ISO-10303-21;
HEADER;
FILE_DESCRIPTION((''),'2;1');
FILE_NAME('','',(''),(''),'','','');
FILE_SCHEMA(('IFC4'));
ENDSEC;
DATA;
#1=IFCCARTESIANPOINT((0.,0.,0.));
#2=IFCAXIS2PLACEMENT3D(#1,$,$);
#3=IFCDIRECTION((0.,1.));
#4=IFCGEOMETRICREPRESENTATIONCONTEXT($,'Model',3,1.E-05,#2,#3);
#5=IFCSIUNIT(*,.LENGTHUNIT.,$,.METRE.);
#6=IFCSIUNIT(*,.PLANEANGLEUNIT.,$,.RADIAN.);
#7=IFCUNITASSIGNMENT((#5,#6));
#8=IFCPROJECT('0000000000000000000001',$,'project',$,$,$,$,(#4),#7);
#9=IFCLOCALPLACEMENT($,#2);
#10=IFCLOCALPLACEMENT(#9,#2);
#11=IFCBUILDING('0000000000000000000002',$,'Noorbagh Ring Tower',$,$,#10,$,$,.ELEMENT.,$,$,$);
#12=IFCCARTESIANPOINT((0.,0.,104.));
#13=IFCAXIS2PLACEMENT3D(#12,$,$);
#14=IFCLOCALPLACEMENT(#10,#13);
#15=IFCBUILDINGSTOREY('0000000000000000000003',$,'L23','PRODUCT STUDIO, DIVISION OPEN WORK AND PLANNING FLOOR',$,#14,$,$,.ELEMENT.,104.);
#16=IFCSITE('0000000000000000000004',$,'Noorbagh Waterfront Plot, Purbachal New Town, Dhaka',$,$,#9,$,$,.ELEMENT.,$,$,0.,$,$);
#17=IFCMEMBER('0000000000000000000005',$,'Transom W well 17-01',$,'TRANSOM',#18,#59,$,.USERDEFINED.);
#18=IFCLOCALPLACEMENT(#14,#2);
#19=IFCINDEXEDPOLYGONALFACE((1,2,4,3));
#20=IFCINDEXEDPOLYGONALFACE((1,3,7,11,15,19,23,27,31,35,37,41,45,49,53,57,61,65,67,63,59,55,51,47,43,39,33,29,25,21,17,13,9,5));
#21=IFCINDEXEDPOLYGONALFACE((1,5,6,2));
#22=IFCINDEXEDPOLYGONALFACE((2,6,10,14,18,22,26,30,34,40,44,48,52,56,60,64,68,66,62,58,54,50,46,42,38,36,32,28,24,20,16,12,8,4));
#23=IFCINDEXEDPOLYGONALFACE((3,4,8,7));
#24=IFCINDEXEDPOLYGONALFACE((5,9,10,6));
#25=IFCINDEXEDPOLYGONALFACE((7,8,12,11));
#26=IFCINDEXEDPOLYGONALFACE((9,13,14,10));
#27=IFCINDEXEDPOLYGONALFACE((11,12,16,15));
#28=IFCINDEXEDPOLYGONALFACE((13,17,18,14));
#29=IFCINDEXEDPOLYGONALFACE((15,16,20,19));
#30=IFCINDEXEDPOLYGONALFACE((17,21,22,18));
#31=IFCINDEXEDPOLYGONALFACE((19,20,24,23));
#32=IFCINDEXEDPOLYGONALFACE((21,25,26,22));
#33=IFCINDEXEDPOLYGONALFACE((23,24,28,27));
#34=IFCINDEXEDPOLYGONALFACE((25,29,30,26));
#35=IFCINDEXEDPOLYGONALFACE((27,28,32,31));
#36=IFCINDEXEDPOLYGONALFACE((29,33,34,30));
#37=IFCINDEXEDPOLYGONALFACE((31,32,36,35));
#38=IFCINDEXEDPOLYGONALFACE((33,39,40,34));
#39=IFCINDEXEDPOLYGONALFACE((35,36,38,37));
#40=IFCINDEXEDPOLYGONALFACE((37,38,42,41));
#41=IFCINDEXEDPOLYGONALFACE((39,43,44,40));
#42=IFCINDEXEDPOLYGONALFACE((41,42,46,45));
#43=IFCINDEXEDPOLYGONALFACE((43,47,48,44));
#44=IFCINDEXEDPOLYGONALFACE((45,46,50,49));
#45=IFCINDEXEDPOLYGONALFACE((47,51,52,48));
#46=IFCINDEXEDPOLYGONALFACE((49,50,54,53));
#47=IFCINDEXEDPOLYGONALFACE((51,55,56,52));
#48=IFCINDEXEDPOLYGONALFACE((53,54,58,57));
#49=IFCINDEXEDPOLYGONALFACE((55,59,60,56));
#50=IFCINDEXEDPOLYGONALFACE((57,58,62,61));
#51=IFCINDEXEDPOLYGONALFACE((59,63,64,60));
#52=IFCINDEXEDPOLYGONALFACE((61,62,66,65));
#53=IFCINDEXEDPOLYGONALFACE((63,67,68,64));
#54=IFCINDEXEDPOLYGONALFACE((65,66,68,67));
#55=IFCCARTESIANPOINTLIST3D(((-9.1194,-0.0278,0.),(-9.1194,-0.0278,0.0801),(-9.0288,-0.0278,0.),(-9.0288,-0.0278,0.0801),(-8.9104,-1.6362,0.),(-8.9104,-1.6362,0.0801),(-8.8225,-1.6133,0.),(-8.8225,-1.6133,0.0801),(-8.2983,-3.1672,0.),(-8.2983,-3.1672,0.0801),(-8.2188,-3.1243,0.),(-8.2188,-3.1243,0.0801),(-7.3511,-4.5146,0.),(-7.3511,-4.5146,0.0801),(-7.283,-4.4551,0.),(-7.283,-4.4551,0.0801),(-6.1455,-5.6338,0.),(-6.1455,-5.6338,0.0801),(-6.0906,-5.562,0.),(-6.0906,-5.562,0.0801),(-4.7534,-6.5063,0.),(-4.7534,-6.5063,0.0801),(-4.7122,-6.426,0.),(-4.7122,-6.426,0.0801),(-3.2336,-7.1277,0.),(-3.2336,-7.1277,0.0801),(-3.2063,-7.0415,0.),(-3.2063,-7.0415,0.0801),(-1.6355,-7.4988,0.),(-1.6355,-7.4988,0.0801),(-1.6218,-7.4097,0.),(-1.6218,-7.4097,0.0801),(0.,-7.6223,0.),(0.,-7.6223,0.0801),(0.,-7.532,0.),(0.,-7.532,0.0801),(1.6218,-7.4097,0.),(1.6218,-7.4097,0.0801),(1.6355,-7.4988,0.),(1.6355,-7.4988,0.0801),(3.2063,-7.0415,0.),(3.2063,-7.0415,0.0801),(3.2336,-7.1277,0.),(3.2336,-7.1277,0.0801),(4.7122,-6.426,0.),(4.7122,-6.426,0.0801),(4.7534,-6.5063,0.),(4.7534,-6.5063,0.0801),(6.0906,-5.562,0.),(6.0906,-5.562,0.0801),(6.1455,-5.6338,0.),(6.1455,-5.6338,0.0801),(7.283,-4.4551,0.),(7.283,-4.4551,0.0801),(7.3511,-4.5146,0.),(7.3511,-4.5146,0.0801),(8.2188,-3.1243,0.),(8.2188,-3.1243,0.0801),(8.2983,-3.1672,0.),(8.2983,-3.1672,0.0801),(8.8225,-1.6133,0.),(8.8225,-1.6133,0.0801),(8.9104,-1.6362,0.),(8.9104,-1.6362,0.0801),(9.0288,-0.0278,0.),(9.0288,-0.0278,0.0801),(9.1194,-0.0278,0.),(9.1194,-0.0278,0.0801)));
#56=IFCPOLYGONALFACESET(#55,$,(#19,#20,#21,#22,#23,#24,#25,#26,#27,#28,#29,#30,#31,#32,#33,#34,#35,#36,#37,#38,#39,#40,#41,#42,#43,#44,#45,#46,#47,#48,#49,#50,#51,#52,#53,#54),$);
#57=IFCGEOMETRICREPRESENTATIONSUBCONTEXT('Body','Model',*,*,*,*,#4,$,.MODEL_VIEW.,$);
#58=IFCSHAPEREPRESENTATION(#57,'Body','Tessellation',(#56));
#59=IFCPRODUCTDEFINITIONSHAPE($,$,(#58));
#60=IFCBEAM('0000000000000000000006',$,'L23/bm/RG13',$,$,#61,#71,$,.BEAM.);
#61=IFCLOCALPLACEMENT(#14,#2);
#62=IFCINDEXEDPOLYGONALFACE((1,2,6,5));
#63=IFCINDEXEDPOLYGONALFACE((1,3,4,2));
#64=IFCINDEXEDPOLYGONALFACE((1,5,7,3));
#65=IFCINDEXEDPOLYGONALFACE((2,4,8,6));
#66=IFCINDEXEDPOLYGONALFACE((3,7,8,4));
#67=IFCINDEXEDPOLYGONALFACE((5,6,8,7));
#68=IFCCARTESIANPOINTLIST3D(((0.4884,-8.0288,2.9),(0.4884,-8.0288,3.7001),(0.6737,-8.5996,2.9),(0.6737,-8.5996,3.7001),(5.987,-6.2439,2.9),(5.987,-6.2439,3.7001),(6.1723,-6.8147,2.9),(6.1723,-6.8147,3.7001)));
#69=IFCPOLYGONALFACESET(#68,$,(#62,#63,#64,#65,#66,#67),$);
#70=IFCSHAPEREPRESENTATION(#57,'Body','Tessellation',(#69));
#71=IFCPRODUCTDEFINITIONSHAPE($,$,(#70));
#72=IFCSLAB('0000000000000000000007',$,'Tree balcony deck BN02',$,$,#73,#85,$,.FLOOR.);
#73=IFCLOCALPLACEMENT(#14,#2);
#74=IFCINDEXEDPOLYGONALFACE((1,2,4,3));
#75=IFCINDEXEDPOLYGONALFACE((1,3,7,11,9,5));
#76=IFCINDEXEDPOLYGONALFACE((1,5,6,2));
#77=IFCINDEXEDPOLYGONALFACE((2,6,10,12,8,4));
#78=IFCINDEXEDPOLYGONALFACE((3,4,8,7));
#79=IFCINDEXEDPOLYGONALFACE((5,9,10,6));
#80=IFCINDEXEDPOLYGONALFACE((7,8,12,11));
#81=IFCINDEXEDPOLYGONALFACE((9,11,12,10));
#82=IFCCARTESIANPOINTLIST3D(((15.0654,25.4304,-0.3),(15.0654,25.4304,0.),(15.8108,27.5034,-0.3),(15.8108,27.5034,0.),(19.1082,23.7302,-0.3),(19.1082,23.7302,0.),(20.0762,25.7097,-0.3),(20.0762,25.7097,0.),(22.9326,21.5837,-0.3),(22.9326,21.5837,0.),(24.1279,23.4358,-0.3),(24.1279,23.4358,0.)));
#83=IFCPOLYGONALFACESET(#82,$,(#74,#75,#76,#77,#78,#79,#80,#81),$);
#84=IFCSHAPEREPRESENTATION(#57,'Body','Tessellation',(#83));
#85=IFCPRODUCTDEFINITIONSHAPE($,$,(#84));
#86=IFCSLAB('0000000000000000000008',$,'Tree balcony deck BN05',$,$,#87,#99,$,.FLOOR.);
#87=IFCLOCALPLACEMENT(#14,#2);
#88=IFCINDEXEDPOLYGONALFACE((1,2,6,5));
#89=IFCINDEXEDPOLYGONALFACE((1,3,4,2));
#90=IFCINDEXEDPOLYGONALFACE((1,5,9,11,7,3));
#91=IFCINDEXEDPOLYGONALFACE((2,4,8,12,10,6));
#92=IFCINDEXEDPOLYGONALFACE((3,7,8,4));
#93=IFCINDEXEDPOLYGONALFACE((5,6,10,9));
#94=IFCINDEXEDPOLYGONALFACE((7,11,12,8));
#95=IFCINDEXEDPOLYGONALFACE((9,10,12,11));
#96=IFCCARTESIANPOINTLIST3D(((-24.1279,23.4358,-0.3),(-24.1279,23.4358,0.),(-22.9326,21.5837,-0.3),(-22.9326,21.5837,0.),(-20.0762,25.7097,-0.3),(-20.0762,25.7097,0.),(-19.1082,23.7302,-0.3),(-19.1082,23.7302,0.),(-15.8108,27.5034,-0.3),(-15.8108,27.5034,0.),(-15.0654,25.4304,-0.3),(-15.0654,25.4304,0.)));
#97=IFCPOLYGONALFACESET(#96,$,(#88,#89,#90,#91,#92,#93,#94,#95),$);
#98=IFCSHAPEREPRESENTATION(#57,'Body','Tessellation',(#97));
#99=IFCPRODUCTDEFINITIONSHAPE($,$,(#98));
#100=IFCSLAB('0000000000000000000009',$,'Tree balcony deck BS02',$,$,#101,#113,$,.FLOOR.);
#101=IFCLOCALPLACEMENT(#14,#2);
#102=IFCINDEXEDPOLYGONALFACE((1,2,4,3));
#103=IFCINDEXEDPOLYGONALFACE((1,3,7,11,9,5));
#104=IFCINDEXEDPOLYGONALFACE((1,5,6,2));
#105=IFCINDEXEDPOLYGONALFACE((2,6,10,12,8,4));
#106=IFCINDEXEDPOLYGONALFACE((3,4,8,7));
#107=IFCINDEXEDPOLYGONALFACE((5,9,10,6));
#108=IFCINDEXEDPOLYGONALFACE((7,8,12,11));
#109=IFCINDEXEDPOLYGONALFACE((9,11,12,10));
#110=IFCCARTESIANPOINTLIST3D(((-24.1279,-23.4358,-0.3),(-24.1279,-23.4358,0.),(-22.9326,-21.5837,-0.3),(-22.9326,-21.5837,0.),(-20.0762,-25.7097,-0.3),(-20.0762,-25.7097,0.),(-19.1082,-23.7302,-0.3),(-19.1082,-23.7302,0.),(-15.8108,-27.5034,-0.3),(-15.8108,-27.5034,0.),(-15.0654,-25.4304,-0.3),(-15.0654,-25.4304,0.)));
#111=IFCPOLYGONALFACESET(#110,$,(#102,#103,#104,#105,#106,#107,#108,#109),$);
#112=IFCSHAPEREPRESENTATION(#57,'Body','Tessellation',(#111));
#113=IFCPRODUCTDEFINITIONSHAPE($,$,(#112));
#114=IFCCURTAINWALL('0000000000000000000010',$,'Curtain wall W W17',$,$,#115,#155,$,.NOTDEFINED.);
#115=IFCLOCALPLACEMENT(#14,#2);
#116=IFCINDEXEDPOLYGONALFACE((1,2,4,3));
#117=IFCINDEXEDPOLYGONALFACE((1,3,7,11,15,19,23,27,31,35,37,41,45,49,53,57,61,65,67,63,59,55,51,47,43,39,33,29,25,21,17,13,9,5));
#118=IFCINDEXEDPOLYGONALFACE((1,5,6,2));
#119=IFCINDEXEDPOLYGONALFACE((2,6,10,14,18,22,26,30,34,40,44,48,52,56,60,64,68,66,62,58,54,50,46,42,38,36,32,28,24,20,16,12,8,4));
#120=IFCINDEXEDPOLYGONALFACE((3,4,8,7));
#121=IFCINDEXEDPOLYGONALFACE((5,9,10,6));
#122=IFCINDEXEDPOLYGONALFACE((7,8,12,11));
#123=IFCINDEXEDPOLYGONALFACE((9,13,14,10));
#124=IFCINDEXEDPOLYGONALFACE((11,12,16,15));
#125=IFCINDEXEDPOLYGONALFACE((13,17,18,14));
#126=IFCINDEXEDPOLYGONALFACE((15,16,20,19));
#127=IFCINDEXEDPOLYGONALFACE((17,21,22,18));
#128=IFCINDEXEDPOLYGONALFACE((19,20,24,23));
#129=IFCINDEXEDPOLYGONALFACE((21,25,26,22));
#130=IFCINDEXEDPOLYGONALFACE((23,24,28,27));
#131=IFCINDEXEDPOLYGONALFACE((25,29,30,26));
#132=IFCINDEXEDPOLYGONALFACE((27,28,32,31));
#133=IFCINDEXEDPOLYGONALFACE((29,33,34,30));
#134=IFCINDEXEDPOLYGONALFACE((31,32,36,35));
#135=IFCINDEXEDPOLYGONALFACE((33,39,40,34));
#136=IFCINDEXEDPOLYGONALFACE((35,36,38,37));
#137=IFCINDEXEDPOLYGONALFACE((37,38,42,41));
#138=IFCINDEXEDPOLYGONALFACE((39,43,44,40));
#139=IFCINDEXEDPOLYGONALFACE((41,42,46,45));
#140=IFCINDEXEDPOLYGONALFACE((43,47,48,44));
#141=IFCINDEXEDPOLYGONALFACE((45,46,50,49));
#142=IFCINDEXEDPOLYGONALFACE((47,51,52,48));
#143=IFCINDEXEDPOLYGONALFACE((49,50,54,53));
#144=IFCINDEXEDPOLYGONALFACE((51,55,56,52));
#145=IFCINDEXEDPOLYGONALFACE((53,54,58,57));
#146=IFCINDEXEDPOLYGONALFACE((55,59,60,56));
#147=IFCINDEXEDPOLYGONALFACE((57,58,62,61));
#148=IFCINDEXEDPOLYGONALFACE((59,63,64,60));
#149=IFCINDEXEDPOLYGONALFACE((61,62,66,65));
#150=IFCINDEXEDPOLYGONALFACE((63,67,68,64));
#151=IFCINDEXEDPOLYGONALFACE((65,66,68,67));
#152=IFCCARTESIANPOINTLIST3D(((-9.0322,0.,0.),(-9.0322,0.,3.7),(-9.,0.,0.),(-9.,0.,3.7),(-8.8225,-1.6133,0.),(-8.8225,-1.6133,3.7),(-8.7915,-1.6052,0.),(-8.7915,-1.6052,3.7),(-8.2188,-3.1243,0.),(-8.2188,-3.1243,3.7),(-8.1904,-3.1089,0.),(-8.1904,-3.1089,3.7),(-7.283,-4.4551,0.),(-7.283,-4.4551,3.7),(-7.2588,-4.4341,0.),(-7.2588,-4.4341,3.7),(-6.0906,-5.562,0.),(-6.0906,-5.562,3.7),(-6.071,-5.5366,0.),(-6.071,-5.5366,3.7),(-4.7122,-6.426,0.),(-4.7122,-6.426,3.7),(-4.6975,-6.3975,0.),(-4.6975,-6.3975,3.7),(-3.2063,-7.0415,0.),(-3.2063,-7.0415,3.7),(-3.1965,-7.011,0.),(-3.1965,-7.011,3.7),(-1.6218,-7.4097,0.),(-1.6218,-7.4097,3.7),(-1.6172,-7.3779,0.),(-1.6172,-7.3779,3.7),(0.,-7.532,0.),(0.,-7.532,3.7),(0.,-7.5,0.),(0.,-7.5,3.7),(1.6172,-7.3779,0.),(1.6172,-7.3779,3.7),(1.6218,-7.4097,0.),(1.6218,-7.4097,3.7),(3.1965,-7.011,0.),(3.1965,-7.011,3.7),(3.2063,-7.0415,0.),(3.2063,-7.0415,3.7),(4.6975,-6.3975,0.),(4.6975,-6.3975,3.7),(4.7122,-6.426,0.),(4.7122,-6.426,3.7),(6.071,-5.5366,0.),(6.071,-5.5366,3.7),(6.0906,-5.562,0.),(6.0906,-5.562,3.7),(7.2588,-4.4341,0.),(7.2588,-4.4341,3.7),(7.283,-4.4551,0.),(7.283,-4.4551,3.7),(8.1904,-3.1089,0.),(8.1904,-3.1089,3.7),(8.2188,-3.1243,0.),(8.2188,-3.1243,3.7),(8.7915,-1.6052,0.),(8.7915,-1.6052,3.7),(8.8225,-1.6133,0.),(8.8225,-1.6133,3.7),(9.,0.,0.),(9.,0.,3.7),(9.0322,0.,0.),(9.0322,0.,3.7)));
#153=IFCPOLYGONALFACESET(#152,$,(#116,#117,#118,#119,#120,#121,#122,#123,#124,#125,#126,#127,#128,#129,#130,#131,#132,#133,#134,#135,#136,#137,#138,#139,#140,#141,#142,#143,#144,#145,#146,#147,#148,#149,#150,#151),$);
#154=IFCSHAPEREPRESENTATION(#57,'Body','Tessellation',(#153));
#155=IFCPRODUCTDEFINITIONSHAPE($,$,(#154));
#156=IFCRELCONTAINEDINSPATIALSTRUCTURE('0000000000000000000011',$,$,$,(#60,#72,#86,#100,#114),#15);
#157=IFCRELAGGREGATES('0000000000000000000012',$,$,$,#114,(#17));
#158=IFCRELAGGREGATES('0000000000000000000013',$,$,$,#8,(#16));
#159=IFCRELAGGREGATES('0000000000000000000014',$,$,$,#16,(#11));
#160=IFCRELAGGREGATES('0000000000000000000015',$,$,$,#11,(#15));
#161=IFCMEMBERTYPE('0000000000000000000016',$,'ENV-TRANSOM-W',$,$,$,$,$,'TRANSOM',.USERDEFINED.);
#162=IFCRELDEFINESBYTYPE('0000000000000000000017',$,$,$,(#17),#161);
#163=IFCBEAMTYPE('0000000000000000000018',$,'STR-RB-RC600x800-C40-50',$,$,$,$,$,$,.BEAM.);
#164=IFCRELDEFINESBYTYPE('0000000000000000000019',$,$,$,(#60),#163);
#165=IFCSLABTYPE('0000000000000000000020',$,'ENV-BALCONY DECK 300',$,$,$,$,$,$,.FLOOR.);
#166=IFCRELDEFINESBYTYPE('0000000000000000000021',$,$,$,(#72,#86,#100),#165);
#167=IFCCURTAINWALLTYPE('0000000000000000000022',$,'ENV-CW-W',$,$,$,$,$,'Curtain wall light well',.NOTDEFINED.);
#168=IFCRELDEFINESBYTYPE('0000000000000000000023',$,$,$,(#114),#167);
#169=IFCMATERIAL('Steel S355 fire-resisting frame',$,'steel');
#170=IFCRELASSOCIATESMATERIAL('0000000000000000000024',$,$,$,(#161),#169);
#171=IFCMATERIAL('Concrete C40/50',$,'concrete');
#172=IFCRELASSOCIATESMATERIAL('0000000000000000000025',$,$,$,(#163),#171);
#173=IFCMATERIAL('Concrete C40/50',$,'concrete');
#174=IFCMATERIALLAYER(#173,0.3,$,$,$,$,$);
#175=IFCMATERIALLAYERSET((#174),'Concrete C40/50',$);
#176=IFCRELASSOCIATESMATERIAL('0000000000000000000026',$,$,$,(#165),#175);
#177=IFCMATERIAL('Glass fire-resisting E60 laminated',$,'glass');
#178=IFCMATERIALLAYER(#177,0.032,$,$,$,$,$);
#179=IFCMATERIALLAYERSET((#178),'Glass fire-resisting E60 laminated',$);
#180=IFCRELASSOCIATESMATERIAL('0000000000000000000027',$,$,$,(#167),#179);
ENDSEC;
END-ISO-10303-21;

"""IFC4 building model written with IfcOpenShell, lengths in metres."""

from ifc_helpers import new_model, si_unit, direction, frame, origin, origin_2d, place, context, subcontext, project, spatial, polyline, rectangle, outline, extrude, material, layer, layer_set, material_profile, profile_set, type_object, element, aggregate, save


model = new_model("IFC4")

# Units and contexts
model_context = context("Model", 3, precision=1e-05, world=origin(), true_north=direction((0.0, 1.0)))
body_context = subcontext(model_context, "Body", "Model", "MODEL_VIEW")
ifc_project = project(units=[si_unit("LENGTHUNIT", "METRE"), si_unit("PLANEANGLEUNIT", "RADIAN")], contexts=[model_context])

# Site, building, storey
site_placement = place(None, origin())
site = spatial("IfcSite", under=ifc_project, at=site_placement, Name="Noorbagh Waterfront Plot, Purbachal New Town, Dhaka", CompositionType="ELEMENT", RefElevation=0.0)
building_placement = place(site_placement, origin())
building = spatial("IfcBuilding", under=site, at=building_placement, Name="Noorbagh Ring Tower", CompositionType="ELEMENT")
storey_placement = place(building_placement, frame((0.0, 0.0, 104.0)))
storey = spatial("IfcBuildingStorey", under=building, at=storey_placement, Name="L23", Description="PRODUCT STUDIO, DIVISION OPEN WORK AND PLANNING FLOOR", CompositionType="ELEMENT", Elevation=104.0)

# Member
ifc_material_1 = material(Name="Steel S355 fire-resisting frame", Category="steel")
member_type_1 = type_object("IfcMemberType", Name="ENV-TRANSOM-W", ElementType="TRANSOM", PredefinedType="USERDEFINED", material=ifc_material_1)
member_1_placement = place(storey_placement, origin())
member_1 = element("IfcMember", 1, at=member_1_placement, type_object=member_type_1, Name="Transom W well 17-01", ObjectType="TRANSOM", PredefinedType="USERDEFINED", context=body_context, shape_type="SweptSolid", body=[
    extrude(outline(polyline([(-9.1194, -0.0278), (-8.9104, -1.6362), (-8.2983, -3.1672), (-7.3511, -4.5146), (-6.1455, -5.6338), (-4.7534, -6.5063), (-3.2336, -7.1277), (-1.6355, -7.4988), (0.0, -7.6223), (1.6355, -7.4988), (3.2336, -7.1277), (4.7534, -6.5063), (6.1455, -5.6338), (7.3511, -4.5146), (8.2983, -3.1672), (8.9104, -1.6362), (9.1194, -0.0278), (9.0288, -0.0278), (8.8225, -1.6133), (8.2188, -3.1243), (7.283, -4.4551), (6.0906, -5.562), (4.7122, -6.426), (3.2063, -7.0415), (1.6218, -7.4097), (0.0, -7.532), (-1.6218, -7.4097), (-3.2063, -7.0415), (-4.7122, -6.426), (-6.0906, -5.562), (-7.283, -4.4551), (-8.2188, -3.1243), (-8.8225, -1.6133), (-9.0288, -0.0278), (-9.1194, -0.0278)])), origin(), (0.0, 0.0, 1.0), 0.0801),
])

# Beam
ifc_material_2 = material(Name="Concrete C40/50", Category="concrete")
ifc_material_profile_1 = material_profile(ifc_material_2, rectangle(XDim=0.6001, YDim=0.8, at=origin_2d()), Name="RC600x800")
ifc_profile_set_1 = profile_set([ifc_material_profile_1], Name="Concrete C40/50")
beam_type = type_object("IfcBeamType", Name="STR-RB-RC600x800-C40-50", PredefinedType="BEAM", material=ifc_profile_set_1)
beam_placement = place(storey_placement, frame((0.5811, -8.3142, 3.3), z_axis=(0.951141, 0.308756, 0.0), x_axis=(-0.308756, 0.951141, 0.0)))
element("IfcBeam", 2, at=beam_placement, inside=storey, type_object=beam_type, Name="L23/bm/RG13", PredefinedType="BEAM", context=body_context, shape_type="SweptSolid", body=[
    extrude(rectangle(XDim=0.6001, YDim=0.8, at=origin_2d()), origin(), (0.0, 0.0, 1.0), 5.781),
])

# Slabs
ifc_material_3 = material(Name="Concrete C40/50", Category="concrete")
ifc_layer_1 = layer(ifc_material_3, 0.3)
ifc_layer_set_1 = layer_set([ifc_layer_1], Name="Concrete C40/50")
slab_type = type_object("IfcSlabType", Name="ENV-BALCONY DECK 300", PredefinedType="FLOOR", material=ifc_layer_set_1)
slab_1_placement = place(storey_placement, frame((0.0, 0.0, -0.3)))
element("IfcSlab", 3, at=slab_1_placement, inside=storey, type_object=slab_type, Name="Tree balcony deck BN02", PredefinedType="FLOOR", context=body_context, shape_type="SweptSolid", body=[
    extrude(outline(polyline([(24.1279, 23.4358), (20.0762, 25.7097), (15.8108, 27.5034), (15.0654, 25.4304), (19.1082, 23.7302), (22.9326, 21.5837), (24.1279, 23.4358)])), origin(), (0.0, 0.0, 1.0), 0.3),
])
slab_2_placement = place(storey_placement, frame((0.0, 0.0, -0.3)))
element("IfcSlab", 4, at=slab_2_placement, inside=storey, type_object=slab_type, Name="Tree balcony deck BN05", PredefinedType="FLOOR", context=body_context, shape_type="SweptSolid", body=[
    extrude(outline(polyline([(-15.8108, 27.5034), (-20.0762, 25.7097), (-24.1279, 23.4358), (-22.9326, 21.5837), (-19.1082, 23.7302), (-15.0654, 25.4304), (-15.8108, 27.5034)])), origin(), (0.0, 0.0, 1.0), 0.3),
])
slab_3_placement = place(storey_placement, frame((0.0, 0.0, -0.3)))
element("IfcSlab", 5, at=slab_3_placement, inside=storey, type_object=slab_type, Name="Tree balcony deck BS02", PredefinedType="FLOOR", context=body_context, shape_type="SweptSolid", body=[
    extrude(outline(polyline([(-24.1279, -23.4358), (-20.0762, -25.7097), (-15.8108, -27.5034), (-15.0654, -25.4304), (-19.1082, -23.7302), (-22.9326, -21.5837), (-24.1279, -23.4358)])), origin(), (0.0, 0.0, 1.0), 0.3),
])

# Curtain wall
ifc_material_4 = material(Name="Glass fire-resisting E60 laminated", Category="glass")
ifc_layer_2 = layer(ifc_material_4, 0.032)
ifc_layer_set_2 = layer_set([ifc_layer_2], Name="Glass fire-resisting E60 laminated")
curtain_wall_type_1 = type_object("IfcCurtainWallType", Name="ENV-CW-W", ElementType="Curtain wall light well", PredefinedType="NOTDEFINED", material=ifc_layer_set_2)
curtain_wall_1_placement = place(storey_placement, origin())
curtain_wall_1 = element("IfcCurtainWall", 6, at=curtain_wall_1_placement, inside=storey, type_object=curtain_wall_type_1, Name="Curtain wall W W17", PredefinedType="NOTDEFINED", context=body_context, shape_type="SweptSolid", body=[
    extrude(outline(polyline([(-9.0322, 0.0), (-8.8225, -1.6133), (-8.2188, -3.1243), (-7.283, -4.4551), (-6.0906, -5.562), (-4.7122, -6.426), (-3.2063, -7.0415), (-1.6218, -7.4097), (0.0, -7.532), (1.6218, -7.4097), (3.2063, -7.0415), (4.7122, -6.426), (6.0906, -5.562), (7.283, -4.4551), (8.2188, -3.1243), (8.8225, -1.6133), (9.0322, 0.0), (9.0, 0.0), (8.7915, -1.6052), (8.1904, -3.1089), (7.2588, -4.4341), (6.071, -5.5366), (4.6975, -6.3975), (3.1965, -7.011), (1.6172, -7.3779), (0.0, -7.5), (-1.6172, -7.3779), (-3.1965, -7.011), (-4.6975, -6.3975), (-6.071, -5.5366), (-7.2588, -4.4341), (-8.1904, -3.1089), (-8.7915, -1.6052), (-9.0, 0.0), (-9.0322, 0.0)])), origin(), (0.0, 0.0, 1.0), 3.7),
])
aggregate(curtain_wall_1, [member_1])

save(model, "model.ifc")
